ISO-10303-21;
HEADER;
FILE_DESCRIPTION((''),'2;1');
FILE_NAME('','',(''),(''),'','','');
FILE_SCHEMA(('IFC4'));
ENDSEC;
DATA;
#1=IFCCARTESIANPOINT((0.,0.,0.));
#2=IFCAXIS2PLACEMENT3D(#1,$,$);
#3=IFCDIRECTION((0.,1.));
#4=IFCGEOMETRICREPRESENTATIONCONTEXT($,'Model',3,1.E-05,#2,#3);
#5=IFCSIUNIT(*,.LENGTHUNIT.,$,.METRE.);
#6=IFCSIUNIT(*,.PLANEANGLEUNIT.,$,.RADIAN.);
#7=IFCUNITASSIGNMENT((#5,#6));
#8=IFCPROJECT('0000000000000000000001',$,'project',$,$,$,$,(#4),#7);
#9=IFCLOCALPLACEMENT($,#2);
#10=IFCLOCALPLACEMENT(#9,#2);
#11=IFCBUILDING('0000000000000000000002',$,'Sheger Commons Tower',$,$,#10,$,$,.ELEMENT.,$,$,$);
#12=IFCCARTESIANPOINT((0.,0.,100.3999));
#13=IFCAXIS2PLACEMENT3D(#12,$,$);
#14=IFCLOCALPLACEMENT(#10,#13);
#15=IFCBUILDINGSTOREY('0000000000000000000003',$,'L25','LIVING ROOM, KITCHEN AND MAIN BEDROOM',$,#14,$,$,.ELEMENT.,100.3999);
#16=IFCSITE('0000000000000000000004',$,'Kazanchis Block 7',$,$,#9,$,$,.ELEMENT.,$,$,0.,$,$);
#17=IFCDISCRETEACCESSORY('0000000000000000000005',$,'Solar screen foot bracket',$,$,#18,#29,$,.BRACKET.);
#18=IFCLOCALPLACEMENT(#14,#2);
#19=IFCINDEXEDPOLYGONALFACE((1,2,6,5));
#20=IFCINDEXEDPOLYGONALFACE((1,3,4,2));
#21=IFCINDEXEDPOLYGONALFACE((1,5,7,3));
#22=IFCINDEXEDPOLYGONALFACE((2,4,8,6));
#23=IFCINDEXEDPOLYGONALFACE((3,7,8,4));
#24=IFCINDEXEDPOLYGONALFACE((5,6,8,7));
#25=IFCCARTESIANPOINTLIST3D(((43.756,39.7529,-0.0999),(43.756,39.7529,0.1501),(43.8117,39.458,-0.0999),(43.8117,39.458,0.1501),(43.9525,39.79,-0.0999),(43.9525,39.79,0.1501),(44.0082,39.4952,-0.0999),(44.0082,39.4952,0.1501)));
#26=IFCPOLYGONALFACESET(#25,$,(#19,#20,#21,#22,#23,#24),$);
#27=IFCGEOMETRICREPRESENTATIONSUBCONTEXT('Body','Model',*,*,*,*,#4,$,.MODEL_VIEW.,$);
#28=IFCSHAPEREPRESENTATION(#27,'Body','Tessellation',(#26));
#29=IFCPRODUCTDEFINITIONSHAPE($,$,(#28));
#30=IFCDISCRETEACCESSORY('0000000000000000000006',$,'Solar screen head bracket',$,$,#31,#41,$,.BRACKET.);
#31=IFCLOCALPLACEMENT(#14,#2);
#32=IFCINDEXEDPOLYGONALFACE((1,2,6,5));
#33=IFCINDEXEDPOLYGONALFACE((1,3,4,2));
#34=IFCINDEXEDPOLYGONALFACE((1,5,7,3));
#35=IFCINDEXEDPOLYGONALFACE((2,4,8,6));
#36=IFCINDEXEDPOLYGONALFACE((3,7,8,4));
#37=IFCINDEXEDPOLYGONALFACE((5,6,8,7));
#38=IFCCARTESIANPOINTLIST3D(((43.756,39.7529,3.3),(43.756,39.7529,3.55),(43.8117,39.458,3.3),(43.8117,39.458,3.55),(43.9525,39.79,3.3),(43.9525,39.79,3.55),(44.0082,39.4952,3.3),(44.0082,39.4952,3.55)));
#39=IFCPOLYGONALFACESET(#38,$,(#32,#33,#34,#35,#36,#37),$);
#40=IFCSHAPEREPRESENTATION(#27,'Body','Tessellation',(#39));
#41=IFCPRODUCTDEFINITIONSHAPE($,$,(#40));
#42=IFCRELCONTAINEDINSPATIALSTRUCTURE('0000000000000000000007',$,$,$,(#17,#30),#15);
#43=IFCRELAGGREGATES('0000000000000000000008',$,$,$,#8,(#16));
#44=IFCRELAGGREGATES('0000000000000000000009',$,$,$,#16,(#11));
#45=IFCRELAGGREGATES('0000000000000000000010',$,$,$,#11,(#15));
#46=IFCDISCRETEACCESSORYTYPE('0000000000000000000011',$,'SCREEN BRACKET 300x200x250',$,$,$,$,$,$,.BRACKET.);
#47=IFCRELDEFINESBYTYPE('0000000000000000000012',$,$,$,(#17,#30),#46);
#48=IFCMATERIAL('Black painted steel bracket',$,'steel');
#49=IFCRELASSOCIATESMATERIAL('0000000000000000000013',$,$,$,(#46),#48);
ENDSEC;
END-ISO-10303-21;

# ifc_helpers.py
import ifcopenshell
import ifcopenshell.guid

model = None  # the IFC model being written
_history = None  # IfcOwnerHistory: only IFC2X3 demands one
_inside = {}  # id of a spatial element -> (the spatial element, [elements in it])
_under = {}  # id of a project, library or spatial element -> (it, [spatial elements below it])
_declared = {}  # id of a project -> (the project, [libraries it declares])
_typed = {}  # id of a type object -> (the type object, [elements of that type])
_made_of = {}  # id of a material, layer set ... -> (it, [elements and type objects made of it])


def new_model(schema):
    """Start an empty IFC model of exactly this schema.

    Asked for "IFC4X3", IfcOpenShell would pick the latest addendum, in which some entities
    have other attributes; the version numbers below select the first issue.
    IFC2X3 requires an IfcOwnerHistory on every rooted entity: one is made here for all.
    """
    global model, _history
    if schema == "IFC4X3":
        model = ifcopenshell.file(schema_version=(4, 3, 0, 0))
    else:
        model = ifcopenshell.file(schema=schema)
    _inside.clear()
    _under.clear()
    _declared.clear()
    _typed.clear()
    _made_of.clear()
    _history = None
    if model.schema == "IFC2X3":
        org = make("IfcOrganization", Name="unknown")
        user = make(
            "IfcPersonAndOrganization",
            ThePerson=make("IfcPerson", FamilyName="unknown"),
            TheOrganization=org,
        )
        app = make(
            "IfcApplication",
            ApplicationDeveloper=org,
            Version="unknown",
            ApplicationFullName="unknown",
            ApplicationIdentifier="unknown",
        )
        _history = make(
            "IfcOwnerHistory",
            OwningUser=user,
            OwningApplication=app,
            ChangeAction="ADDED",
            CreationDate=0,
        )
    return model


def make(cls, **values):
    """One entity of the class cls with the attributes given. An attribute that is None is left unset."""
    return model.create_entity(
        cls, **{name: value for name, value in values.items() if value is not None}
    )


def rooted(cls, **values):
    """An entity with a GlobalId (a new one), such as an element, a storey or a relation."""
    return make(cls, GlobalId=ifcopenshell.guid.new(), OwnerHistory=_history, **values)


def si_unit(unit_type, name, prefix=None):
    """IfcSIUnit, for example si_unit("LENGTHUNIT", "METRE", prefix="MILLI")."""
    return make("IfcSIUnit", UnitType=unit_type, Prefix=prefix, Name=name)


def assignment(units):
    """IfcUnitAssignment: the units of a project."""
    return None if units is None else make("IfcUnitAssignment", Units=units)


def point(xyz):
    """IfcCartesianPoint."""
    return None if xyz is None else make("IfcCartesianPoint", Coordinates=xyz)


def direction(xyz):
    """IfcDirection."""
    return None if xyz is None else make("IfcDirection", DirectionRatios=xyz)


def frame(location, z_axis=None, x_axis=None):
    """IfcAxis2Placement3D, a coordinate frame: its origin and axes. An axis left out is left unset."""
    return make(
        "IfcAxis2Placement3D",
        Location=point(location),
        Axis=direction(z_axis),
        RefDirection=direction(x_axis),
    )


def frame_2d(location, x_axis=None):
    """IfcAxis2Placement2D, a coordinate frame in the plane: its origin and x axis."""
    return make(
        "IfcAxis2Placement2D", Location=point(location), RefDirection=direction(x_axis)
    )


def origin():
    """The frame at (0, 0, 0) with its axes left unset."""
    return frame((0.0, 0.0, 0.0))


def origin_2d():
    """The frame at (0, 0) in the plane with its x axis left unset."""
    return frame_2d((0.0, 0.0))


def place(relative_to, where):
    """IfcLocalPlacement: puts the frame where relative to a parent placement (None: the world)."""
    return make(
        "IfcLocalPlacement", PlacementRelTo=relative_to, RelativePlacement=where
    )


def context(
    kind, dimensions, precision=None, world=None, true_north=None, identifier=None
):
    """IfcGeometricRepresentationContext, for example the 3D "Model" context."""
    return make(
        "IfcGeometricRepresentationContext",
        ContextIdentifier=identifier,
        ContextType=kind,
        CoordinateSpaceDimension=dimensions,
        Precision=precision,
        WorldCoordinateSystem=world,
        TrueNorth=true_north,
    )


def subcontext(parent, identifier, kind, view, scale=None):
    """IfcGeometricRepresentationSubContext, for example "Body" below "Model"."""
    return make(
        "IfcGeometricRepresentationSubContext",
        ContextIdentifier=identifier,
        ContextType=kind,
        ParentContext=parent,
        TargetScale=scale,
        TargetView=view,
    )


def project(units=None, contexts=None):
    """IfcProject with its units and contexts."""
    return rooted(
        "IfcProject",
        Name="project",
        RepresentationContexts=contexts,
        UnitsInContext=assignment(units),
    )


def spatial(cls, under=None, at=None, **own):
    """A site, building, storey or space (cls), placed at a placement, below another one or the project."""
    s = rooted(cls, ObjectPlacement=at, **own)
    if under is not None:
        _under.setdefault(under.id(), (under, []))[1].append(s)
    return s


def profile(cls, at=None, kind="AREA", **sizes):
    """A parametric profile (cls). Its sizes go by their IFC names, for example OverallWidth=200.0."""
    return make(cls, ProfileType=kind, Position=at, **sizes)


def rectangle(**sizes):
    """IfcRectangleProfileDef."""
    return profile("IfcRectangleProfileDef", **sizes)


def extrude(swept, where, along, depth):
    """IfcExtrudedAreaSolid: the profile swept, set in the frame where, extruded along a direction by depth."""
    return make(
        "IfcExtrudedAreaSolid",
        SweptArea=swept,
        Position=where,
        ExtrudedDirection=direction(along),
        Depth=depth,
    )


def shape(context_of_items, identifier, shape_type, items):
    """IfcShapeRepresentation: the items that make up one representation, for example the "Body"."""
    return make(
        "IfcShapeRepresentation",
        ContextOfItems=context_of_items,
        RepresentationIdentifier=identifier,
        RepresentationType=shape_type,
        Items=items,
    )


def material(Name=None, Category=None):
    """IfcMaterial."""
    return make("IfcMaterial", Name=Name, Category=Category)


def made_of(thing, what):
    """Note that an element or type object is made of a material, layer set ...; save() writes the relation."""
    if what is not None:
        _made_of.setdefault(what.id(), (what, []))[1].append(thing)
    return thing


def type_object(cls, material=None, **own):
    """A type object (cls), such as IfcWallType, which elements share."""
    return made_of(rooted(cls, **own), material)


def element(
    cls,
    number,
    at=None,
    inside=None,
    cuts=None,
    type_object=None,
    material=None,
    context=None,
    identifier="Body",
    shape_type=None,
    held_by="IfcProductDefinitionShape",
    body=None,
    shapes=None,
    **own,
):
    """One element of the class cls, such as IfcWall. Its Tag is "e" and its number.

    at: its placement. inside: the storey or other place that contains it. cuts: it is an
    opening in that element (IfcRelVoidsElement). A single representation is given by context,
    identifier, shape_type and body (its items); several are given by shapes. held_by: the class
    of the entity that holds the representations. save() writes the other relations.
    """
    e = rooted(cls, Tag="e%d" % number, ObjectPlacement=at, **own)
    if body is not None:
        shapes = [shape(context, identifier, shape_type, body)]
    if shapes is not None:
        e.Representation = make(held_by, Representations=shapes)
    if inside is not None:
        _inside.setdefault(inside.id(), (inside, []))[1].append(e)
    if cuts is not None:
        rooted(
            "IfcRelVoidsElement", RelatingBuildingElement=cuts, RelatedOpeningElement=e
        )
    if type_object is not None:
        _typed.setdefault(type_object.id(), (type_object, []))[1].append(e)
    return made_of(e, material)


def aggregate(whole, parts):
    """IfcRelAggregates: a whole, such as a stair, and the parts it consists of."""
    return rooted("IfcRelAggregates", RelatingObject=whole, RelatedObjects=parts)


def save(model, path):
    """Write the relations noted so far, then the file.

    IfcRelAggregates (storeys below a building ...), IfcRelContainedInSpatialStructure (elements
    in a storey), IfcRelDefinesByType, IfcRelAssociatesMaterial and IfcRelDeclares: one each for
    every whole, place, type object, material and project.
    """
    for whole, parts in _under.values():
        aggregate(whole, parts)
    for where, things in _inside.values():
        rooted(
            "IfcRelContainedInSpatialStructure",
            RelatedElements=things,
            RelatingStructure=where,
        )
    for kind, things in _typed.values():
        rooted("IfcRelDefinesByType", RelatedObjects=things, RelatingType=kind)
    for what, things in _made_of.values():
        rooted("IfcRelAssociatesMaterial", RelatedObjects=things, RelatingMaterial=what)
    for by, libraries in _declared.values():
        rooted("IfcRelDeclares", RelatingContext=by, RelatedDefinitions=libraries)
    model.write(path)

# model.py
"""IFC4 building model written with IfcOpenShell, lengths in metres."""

from ifc_helpers import new_model, si_unit, direction, frame, origin, origin_2d, place, context, subcontext, project, spatial, rectangle, extrude, material, type_object, element, save


model = new_model("IFC4")

# Units and contexts
model_context = context("Model", 3, precision=1e-05, world=origin(), true_north=direction((0.0, 1.0)))
body_context = subcontext(model_context, "Body", "Model", "MODEL_VIEW")
ifc_project = project(units=[si_unit("LENGTHUNIT", "METRE"), si_unit("PLANEANGLEUNIT", "RADIAN")], contexts=[model_context])

# Site, building, storey
site_placement = place(None, origin())
site = spatial("IfcSite", under=ifc_project, at=site_placement, Name="Kazanchis Block 7", CompositionType="ELEMENT", RefElevation=0.0)
building_placement = place(site_placement, origin())
building = spatial("IfcBuilding", under=site, at=building_placement, Name="Sheger Commons Tower", CompositionType="ELEMENT")
storey_placement = place(building_placement, frame((0.0, 0.0, 100.3999)))
storey = spatial("IfcBuildingStorey", under=building, at=storey_placement, Name="L25", Description="LIVING ROOM, KITCHEN AND MAIN BEDROOM", CompositionType="ELEMENT", Elevation=100.3999)

# Discrete accessories
ifc_material_1 = material(Name="Black painted steel bracket", Category="steel")
discrete_accessory_type = type_object("IfcDiscreteAccessoryType", Name="SCREEN BRACKET 300x200x250", PredefinedType="BRACKET", material=ifc_material_1)
for number, where, z_axis, x_axis, name in (
    (1, (43.8821, 39.624, -0.0999), (0.0, 0.0, 1.0), (-0.185615, 0.982623, 0.0), "Solar screen foot bracket"),
    (2, (43.8821, 39.624, 3.3), (0.0, 0.0, 1.0), (-0.185615, 0.982623, 0.0), "Solar screen head bracket"),
):
    element("IfcDiscreteAccessory", number, at=place(storey_placement, frame(where, z_axis=z_axis, x_axis=x_axis)), inside=storey, type_object=discrete_accessory_type, Name=name, PredefinedType="BRACKET", context=body_context, shape_type="SweptSolid", body=[
        extrude(rectangle(XDim=0.3, YDim=0.2, at=origin_2d()), origin(), (0.0, 0.0, 1.0), 0.25),
    ])

save(model, "model.ifc")
